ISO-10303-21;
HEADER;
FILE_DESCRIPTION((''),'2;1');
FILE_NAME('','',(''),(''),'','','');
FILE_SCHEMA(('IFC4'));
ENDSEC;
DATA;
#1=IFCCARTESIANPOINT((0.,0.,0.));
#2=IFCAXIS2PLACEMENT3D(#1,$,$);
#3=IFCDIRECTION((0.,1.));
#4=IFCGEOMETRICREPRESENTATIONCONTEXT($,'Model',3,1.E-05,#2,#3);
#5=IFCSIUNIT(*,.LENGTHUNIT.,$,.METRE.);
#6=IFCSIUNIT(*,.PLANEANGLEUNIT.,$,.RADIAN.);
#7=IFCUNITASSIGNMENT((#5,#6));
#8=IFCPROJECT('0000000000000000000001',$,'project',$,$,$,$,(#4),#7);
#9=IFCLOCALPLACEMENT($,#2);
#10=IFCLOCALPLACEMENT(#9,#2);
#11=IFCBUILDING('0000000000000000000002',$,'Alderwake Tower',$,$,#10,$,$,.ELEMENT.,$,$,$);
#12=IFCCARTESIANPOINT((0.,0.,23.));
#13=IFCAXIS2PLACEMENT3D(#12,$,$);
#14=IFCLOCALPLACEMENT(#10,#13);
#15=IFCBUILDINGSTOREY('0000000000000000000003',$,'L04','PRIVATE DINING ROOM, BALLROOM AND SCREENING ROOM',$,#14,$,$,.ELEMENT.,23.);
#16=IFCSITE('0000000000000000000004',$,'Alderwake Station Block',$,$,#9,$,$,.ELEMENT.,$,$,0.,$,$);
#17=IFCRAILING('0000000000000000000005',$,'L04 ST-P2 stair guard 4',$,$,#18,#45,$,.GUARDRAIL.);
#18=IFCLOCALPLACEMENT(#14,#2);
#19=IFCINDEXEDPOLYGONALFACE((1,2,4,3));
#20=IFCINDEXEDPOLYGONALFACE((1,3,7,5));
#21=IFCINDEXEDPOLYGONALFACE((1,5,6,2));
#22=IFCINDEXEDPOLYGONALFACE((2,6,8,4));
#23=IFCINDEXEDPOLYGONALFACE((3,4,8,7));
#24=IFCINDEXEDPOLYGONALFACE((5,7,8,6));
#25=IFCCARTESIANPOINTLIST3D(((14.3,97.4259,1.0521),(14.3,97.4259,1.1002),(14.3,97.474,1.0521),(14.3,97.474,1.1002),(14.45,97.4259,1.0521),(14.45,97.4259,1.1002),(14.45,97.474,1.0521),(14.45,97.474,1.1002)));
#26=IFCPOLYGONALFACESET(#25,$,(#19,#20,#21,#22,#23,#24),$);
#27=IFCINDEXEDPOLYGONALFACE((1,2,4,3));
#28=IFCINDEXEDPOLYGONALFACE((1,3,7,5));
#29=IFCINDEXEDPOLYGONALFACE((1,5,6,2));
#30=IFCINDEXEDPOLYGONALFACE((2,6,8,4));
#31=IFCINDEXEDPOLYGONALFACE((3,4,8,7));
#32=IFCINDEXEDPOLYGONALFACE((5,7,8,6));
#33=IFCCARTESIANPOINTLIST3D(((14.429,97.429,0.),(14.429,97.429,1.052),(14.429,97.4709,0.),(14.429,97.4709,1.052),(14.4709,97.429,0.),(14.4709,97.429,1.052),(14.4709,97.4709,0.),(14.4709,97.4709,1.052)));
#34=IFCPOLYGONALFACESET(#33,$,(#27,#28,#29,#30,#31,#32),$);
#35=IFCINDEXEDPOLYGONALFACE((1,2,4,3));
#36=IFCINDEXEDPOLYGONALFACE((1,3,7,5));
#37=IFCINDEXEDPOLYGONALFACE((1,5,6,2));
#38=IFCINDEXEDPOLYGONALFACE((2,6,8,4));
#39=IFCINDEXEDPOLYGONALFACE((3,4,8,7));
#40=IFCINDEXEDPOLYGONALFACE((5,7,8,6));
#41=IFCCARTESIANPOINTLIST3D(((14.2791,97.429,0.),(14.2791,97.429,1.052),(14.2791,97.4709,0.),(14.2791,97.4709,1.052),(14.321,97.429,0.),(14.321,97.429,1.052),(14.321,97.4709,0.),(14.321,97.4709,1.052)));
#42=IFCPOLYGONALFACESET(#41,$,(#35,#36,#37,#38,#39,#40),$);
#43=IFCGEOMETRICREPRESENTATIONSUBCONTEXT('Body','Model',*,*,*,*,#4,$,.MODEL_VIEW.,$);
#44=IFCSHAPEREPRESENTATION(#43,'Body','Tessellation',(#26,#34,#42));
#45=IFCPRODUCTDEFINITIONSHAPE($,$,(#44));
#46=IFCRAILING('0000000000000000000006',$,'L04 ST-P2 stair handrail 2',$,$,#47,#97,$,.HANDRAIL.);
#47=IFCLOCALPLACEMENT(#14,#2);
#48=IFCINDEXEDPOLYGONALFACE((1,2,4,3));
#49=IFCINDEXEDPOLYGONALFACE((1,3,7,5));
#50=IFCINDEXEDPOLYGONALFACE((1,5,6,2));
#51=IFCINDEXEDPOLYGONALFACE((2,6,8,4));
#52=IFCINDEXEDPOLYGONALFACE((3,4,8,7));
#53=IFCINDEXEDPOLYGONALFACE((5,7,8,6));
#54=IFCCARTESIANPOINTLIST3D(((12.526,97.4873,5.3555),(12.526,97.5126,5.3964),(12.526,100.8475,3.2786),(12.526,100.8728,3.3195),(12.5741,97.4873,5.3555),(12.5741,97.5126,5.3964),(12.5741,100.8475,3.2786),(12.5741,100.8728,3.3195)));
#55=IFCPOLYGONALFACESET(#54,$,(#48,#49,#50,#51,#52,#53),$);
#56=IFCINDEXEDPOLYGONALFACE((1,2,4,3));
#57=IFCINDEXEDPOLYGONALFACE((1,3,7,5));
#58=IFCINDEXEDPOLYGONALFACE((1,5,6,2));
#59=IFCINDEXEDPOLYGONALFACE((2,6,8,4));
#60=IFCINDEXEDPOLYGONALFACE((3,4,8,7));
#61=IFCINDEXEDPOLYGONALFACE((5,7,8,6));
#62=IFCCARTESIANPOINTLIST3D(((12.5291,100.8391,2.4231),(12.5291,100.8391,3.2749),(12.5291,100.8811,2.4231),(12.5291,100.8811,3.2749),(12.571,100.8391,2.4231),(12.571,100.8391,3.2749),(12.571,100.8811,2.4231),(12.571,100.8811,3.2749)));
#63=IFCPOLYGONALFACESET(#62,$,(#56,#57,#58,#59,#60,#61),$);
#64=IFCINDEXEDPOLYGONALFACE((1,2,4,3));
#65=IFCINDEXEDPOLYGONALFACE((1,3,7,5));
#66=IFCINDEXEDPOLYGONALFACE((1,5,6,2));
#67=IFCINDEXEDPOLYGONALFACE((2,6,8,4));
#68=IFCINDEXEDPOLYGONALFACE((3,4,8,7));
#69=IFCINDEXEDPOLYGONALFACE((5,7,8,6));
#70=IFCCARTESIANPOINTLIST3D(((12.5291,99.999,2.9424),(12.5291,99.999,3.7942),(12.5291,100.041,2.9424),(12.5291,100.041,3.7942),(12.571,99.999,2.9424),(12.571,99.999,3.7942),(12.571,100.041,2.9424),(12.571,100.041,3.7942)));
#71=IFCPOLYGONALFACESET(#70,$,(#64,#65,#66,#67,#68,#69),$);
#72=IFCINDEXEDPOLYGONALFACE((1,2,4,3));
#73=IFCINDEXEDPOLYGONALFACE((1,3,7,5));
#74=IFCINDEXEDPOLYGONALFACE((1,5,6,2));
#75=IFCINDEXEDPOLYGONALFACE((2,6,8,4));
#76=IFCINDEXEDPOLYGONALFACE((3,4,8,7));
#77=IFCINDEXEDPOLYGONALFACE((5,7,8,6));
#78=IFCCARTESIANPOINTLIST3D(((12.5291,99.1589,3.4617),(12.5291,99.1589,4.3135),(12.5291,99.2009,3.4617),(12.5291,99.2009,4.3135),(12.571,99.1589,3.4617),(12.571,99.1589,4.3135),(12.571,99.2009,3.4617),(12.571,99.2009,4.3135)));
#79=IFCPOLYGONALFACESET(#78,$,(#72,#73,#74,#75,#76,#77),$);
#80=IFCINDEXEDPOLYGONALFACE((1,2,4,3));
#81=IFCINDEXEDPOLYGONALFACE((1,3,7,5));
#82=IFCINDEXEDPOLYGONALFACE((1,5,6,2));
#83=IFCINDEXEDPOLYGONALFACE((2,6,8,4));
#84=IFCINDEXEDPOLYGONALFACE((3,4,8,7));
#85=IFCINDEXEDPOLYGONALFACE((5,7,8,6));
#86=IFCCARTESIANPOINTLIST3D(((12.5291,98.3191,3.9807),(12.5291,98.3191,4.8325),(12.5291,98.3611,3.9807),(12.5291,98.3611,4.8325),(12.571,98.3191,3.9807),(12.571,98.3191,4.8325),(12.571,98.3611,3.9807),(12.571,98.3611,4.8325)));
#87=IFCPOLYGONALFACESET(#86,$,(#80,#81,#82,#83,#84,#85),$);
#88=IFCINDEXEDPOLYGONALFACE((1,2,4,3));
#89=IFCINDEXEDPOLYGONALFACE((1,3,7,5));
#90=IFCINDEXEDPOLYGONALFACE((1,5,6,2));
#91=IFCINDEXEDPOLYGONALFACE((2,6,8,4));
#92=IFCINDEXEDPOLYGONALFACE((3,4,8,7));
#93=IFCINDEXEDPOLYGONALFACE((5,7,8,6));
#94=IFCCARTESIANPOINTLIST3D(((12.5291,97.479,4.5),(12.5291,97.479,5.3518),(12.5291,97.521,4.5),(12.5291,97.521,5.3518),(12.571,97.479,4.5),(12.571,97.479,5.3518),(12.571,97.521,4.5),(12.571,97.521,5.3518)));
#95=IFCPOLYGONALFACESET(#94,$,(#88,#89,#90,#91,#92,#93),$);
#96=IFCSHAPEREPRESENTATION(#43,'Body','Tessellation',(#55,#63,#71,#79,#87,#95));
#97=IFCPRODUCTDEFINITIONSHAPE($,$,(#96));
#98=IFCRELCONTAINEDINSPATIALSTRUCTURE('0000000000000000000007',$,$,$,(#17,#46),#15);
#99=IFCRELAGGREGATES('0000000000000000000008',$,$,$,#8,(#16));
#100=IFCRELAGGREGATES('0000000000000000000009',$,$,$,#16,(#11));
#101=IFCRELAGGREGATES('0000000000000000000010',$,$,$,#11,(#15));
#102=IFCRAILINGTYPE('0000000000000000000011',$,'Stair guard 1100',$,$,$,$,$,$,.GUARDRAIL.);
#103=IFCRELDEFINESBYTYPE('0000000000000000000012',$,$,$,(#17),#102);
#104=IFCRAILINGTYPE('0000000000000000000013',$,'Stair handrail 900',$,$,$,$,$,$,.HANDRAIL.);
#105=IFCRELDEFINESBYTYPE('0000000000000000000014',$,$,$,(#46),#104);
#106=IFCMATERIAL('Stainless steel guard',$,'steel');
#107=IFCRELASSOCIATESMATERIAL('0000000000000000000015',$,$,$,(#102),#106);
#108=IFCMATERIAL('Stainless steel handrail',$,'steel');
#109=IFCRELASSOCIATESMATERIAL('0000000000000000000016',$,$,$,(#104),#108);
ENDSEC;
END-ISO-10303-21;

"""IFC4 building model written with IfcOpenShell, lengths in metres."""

from ifc_helpers import new_model, si_unit, direction, frame, origin, origin_2d, place, context, subcontext, project, spatial, rectangle, extrude, material, type_object, element, save


model = new_model("IFC4")

# Units and contexts
model_context = context("Model", 3, precision=1e-05, world=origin(), true_north=direction((0.0, 1.0)))
body_context = subcontext(model_context, "Body", "Model", "MODEL_VIEW")
ifc_project = project(units=[si_unit("LENGTHUNIT", "METRE"), si_unit("PLANEANGLEUNIT", "RADIAN")], contexts=[model_context])

# Site, building, storey
site_placement = place(None, origin())
site = spatial("IfcSite", under=ifc_project, at=site_placement, Name="Alderwake Station Block", CompositionType="ELEMENT", RefElevation=0.0)
building_placement = place(site_placement, origin())
building = spatial("IfcBuilding", under=site, at=building_placement, Name="Alderwake Tower", CompositionType="ELEMENT")
storey_placement = place(building_placement, frame((0.0, 0.0, 23.0)))
storey = spatial("IfcBuildingStorey", under=building, at=storey_placement, Name="L04", Description="PRIVATE DINING ROOM, BALLROOM AND SCREENING ROOM", CompositionType="ELEMENT", Elevation=23.0)

# Railings
ifc_material_1 = material(Name="Stainless steel guard", Category="steel")
railing_type_1 = type_object("IfcRailingType", Name="Stair guard 1100", PredefinedType="GUARDRAIL", material=ifc_material_1)
railing_1_placement = place(storey_placement, frame((14.45, 97.45, 0.0)))
element("IfcRailing", 1, at=railing_1_placement, inside=storey, type_object=railing_type_1, Name="L04 ST-P2 stair guard 4", PredefinedType="GUARDRAIL", context=body_context, shape_type="SweptSolid", body=[
    extrude(rectangle(XDim=0.0481, YDim=0.0481, at=origin_2d()), frame((0.0, 0.0, 1.0762), z_axis=(-1.0, 0.0, 0.0), x_axis=(0.0, -1.0, 0.0)), (0.0, 0.0, 1.0), 0.1499),
    extrude(rectangle(XDim=0.042, YDim=0.042, at=origin_2d()), frame((0.0, 0.0, 0.0), z_axis=(0.0, 0.0, 1.0), x_axis=(-1.0, 0.0, 0.0)), (0.0, 0.0, 1.0), 1.052),
    extrude(rectangle(XDim=0.042, YDim=0.042, at=origin_2d()), frame((-0.1499, 0.0, 0.0), z_axis=(0.0, 0.0, 1.0), x_axis=(-1.0, 0.0, 0.0)), (0.0, 0.0, 1.0), 1.052),
])
ifc_material_2 = material(Name="Stainless steel handrail", Category="steel")
railing_type_2 = type_object("IfcRailingType", Name="Stair handrail 900", PredefinedType="HANDRAIL", material=ifc_material_2)
railing_2_placement = place(storey_placement, frame((12.55, 100.8601, 2.4231)))
element("IfcRailing", 2, at=railing_2_placement, inside=storey, type_object=railing_type_2, Name="L04 ST-P2 stair handrail 2", PredefinedType="HANDRAIL", context=body_context, shape_type="SweptSolid", body=[
    extrude(rectangle(XDim=0.0481, YDim=0.0481, at=origin_2d()), frame((0.0, 0.0, 0.876), z_axis=(0.0, -0.850623, 0.525776), x_axis=(1.0, 0.0, 0.0)), (0.0, 0.0, 1.0), 3.9502),
    extrude(rectangle(XDim=0.042, YDim=0.042, at=origin_2d()), frame((0.0, 0.0, 0.0), z_axis=(0.0, 0.0, 1.0), x_axis=(0.0, -1.0, 0.0)), (0.0, 0.0, 1.0), 0.8518),
    extrude(rectangle(XDim=0.042, YDim=0.042, at=origin_2d()), frame((0.0, -0.8401, 0.5193), z_axis=(0.0, 0.0, 1.0), x_axis=(0.0, -1.0, 0.0)), (0.0, 0.0, 1.0), 0.8518),
    extrude(rectangle(XDim=0.042, YDim=0.042, at=origin_2d()), frame((0.0, -1.6802, 1.0386), z_axis=(0.0, 0.0, 1.0), x_axis=(0.0, -1.0, 0.0)), (0.0, 0.0, 1.0), 0.8518),
    extrude(rectangle(XDim=0.042, YDim=0.042, at=origin_2d()), frame((0.0, -2.52, 1.5576), z_axis=(0.0, 0.0, 1.0), x_axis=(0.0, -1.0, 0.0)), (0.0, 0.0, 1.0), 0.8518),
    extrude(rectangle(XDim=0.042, YDim=0.042, at=origin_2d()), frame((0.0, -3.3601, 2.0769), z_axis=(0.0, 0.0, 1.0), x_axis=(0.0, -1.0, 0.0)), (0.0, 0.0, 1.0), 0.8518),
])

save(model, "model.ifc")
